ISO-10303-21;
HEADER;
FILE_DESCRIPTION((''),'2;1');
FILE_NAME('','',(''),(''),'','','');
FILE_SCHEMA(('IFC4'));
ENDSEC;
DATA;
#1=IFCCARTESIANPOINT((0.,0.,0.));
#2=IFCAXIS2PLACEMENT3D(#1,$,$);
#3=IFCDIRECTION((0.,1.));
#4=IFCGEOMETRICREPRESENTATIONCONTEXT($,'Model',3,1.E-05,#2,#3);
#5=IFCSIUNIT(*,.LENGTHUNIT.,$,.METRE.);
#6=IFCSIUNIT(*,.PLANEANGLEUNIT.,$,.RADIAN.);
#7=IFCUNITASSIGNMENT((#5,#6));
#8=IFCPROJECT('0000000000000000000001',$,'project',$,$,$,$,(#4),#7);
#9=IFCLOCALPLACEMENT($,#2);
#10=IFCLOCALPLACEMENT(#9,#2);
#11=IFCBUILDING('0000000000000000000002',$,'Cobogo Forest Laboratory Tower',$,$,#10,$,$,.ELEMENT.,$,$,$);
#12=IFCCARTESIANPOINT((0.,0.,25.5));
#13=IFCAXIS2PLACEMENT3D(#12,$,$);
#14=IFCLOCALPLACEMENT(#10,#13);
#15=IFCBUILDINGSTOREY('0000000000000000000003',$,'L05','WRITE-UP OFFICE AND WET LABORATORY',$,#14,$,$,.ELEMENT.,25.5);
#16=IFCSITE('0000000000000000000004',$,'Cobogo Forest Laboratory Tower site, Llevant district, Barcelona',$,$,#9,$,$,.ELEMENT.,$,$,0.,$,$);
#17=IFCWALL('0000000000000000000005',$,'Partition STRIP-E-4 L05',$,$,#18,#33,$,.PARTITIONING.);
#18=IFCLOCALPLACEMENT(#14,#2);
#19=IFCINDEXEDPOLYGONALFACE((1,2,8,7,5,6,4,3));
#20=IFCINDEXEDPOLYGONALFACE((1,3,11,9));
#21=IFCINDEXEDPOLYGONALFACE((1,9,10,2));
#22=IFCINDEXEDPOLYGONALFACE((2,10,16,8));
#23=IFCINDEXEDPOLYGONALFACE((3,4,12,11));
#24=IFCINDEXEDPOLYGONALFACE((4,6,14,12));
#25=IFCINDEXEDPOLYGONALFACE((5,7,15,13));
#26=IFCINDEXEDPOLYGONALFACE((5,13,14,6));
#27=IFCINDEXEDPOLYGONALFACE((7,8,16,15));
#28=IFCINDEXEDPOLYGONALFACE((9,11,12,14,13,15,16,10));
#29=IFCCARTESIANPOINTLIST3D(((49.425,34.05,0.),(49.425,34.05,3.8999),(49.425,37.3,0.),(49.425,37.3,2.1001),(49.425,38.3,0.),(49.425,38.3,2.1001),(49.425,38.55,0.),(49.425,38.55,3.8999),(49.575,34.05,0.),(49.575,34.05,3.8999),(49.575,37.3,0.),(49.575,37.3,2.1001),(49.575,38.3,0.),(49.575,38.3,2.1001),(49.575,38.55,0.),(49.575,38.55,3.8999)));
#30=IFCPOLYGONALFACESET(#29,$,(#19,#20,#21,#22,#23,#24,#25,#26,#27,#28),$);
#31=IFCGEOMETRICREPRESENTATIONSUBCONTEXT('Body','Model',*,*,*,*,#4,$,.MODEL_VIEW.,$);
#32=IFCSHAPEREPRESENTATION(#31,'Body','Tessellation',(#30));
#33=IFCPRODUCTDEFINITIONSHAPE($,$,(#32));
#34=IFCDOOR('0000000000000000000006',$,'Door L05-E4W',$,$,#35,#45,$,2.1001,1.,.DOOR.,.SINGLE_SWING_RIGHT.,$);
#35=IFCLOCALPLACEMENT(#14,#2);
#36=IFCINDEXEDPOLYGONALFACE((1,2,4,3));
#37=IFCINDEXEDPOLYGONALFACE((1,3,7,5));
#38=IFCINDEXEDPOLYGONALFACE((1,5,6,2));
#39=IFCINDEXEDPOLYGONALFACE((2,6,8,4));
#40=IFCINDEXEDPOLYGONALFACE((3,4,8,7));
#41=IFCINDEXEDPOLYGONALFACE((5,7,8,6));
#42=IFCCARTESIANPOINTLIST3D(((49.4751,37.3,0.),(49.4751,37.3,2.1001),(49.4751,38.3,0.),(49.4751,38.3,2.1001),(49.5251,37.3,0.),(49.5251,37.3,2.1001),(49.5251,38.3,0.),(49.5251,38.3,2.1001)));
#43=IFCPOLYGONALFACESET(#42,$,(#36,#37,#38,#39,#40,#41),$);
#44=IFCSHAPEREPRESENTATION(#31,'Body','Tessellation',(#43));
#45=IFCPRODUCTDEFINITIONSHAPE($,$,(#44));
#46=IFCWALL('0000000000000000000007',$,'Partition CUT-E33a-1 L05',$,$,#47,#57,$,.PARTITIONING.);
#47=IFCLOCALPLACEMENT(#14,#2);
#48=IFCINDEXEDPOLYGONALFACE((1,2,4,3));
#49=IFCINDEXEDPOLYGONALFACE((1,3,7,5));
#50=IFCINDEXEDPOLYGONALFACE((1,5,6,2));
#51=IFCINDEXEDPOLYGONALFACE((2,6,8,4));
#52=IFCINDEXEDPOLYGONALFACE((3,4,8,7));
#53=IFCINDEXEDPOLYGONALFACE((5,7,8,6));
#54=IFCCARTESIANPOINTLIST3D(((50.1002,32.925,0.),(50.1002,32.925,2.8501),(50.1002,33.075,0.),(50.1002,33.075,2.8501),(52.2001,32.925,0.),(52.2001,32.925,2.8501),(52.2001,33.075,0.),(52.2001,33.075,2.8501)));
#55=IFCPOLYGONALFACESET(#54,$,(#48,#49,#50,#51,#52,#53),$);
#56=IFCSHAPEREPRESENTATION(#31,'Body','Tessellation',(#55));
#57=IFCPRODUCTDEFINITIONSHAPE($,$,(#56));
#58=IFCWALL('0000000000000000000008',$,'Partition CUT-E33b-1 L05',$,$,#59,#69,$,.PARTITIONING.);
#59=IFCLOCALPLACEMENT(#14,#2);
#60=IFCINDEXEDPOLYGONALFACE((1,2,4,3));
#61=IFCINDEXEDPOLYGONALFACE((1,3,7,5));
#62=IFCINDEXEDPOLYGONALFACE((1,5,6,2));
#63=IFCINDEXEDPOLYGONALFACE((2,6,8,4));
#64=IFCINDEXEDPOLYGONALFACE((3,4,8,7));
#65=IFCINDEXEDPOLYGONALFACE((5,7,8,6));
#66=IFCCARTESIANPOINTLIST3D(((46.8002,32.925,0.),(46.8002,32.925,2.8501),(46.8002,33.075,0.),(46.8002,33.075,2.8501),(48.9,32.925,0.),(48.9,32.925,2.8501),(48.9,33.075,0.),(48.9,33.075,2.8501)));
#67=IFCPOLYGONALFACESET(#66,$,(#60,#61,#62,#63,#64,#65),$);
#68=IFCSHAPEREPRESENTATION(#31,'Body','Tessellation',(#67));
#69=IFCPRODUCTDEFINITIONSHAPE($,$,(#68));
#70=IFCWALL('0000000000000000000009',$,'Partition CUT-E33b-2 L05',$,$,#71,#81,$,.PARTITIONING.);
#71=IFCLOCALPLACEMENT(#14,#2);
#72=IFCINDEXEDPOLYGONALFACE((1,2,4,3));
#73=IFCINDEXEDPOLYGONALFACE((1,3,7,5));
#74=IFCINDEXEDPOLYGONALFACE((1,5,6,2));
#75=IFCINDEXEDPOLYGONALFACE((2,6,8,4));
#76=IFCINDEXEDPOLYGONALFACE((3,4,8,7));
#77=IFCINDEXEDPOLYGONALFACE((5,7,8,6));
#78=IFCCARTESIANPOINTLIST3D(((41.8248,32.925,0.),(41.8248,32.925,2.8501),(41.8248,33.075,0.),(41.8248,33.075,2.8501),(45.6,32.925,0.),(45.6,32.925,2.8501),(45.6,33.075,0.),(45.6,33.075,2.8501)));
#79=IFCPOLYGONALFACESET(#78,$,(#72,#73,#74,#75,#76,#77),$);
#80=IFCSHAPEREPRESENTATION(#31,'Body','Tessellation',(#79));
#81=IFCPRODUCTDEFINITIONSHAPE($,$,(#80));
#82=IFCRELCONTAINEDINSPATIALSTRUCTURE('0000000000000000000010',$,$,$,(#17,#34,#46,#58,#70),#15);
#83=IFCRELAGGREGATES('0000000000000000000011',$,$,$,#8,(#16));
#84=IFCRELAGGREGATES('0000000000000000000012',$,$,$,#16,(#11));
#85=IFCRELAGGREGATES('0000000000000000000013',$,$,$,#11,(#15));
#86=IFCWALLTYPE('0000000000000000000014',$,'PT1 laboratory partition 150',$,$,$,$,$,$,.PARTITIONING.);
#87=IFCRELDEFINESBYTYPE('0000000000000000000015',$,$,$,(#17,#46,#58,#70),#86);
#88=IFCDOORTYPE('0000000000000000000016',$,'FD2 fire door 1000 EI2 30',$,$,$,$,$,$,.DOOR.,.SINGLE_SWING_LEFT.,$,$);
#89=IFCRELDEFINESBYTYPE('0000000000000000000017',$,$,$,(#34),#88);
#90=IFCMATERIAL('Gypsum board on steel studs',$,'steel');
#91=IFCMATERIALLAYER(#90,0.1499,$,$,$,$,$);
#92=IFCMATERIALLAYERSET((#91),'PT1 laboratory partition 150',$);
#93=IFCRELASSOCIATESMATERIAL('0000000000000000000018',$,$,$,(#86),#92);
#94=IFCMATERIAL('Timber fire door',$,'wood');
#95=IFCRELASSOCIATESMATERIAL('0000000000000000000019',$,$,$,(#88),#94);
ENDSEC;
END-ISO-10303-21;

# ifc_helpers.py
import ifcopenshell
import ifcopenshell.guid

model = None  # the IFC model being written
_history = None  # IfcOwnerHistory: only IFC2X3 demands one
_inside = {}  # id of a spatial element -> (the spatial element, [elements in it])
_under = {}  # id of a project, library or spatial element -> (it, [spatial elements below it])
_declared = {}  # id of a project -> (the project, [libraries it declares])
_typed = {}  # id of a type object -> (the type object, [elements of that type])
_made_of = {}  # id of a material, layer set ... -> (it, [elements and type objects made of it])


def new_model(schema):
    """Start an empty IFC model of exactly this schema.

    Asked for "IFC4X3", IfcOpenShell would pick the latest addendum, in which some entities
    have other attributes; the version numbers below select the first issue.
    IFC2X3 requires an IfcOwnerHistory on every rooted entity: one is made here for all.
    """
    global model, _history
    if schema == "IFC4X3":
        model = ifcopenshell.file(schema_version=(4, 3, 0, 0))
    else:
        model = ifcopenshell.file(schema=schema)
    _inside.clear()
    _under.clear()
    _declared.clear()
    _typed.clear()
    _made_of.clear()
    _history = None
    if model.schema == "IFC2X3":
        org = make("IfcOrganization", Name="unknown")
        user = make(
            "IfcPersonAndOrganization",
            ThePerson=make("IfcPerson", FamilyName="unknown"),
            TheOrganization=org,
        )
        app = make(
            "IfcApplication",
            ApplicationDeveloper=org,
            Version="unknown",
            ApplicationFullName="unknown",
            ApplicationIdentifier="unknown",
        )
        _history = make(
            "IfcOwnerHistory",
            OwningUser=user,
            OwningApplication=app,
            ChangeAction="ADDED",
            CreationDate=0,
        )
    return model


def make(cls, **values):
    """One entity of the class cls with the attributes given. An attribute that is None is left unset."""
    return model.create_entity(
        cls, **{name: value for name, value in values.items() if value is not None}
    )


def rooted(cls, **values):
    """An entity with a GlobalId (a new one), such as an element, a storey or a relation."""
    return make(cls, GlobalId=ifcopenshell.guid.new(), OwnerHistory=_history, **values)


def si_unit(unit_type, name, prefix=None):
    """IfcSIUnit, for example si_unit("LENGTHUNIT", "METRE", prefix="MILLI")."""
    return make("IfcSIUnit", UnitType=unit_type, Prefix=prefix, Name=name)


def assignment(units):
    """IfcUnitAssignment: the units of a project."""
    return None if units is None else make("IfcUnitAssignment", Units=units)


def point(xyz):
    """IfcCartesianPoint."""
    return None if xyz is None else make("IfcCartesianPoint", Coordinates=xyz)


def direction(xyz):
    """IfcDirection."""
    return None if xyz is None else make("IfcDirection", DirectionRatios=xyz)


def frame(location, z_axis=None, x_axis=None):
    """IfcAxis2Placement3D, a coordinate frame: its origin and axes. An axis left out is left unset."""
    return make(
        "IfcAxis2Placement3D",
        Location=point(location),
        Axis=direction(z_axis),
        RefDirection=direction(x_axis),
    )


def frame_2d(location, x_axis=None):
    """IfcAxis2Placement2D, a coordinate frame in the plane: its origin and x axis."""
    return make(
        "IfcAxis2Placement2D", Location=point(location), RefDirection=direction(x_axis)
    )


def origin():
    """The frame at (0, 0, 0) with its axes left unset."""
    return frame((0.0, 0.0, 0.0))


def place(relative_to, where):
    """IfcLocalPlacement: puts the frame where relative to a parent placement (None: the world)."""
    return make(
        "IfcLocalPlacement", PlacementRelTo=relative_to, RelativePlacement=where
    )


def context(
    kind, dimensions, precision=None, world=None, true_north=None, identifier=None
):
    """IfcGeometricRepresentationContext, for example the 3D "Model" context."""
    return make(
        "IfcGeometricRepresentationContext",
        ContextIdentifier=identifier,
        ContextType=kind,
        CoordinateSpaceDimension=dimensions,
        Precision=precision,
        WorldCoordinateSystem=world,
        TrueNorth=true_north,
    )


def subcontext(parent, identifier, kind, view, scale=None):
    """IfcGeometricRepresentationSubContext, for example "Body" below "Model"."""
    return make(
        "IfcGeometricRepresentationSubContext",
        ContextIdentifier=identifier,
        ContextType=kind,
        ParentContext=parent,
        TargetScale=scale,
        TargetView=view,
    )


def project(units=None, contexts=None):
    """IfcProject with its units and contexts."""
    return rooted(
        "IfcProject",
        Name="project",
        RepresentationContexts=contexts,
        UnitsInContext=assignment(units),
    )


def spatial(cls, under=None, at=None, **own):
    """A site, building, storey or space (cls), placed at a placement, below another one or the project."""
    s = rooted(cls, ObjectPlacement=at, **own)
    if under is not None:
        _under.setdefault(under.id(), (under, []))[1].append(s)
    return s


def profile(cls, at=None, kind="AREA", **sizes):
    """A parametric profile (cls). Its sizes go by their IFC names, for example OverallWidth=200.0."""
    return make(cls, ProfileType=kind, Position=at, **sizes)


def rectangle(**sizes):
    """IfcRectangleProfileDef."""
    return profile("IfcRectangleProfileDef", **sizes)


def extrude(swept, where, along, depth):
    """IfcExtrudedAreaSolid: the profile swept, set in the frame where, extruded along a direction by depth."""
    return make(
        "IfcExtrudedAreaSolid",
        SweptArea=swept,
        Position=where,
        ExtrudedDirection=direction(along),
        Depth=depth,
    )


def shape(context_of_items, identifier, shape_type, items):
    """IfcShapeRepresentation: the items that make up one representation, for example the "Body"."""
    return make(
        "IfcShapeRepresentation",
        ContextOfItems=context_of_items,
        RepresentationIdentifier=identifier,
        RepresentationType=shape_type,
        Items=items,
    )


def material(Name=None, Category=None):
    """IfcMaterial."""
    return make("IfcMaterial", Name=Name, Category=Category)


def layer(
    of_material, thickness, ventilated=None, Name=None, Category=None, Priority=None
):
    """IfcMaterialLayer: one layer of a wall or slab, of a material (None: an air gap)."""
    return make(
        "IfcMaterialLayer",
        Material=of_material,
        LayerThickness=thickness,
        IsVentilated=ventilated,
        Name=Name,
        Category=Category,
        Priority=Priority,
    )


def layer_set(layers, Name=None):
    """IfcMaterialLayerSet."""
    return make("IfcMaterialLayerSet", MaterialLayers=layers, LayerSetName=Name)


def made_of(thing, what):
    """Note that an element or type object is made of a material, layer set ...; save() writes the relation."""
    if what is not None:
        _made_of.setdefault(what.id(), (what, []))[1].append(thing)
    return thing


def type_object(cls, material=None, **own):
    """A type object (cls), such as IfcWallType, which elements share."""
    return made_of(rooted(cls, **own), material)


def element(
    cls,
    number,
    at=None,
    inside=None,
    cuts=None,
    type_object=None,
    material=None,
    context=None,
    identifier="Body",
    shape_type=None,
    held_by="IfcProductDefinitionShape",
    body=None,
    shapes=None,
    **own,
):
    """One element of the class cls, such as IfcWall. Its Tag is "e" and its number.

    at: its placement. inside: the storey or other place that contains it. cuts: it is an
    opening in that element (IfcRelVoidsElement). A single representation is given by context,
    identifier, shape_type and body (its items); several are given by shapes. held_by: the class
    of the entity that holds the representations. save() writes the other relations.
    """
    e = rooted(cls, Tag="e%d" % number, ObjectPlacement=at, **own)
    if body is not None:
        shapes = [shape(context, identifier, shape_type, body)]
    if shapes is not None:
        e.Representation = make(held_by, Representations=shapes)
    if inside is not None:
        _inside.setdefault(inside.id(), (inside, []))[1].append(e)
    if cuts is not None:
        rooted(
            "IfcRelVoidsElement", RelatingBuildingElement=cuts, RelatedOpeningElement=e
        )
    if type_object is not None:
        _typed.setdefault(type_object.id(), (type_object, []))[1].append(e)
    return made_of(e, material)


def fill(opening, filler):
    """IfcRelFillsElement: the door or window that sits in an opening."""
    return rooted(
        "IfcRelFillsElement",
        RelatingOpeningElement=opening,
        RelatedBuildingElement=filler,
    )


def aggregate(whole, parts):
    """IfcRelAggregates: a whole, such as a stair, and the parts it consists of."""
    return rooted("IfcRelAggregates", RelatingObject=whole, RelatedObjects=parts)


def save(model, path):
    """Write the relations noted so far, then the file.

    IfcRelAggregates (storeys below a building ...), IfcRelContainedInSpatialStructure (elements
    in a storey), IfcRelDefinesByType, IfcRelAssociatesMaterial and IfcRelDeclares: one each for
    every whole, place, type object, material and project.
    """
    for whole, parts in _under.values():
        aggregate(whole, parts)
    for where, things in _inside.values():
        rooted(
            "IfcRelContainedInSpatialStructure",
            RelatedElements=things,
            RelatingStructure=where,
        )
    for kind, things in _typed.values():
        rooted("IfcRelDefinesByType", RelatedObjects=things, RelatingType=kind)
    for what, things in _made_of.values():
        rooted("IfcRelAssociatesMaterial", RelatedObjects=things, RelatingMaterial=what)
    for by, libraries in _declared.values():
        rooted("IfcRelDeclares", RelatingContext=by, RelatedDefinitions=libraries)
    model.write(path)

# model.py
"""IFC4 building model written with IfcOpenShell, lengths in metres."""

from ifc_helpers import new_model, si_unit, direction, frame, frame_2d, origin, place, context, subcontext, project, spatial, rectangle, extrude, material, layer, layer_set, type_object, element, fill, save


model = new_model("IFC4")

# Units and contexts
model_context = context("Model", 3, precision=1e-05, world=origin(), true_north=direction((0.0, 1.0)))
body_context = subcontext(model_context, "Body", "Model", "MODEL_VIEW")
ifc_project = project(units=[si_unit("LENGTHUNIT", "METRE"), si_unit("PLANEANGLEUNIT", "RADIAN")], contexts=[model_context])

# Site, building, storey
site_placement = place(None, origin())
site = spatial("IfcSite", under=ifc_project, at=site_placement, Name="Cobogo Forest Laboratory Tower site, Llevant district, Barcelona", CompositionType="ELEMENT", RefElevation=0.0)
building_placement = place(site_placement, origin())
building = spatial("IfcBuilding", under=site, at=building_placement, Name="Cobogo Forest Laboratory Tower", CompositionType="ELEMENT")
storey_placement = place(building_placement, frame((0.0, 0.0, 25.5)))
storey = spatial("IfcBuildingStorey", under=building, at=storey_placement, Name="L05", Description="WRITE-UP OFFICE AND WET LABORATORY", CompositionType="ELEMENT", Elevation=25.5)

# Wall, opening, door
ifc_material_1 = material(Name="Gypsum board on steel studs", Category="steel")
ifc_layer_1 = layer(ifc_material_1, 0.1499)
ifc_layer_set_1 = layer_set([ifc_layer_1], Name="PT1 laboratory partition 150")
wall_type = type_object("IfcWallType", Name="PT1 laboratory partition 150", PredefinedType="PARTITIONING", material=ifc_layer_set_1)
wall_1_placement = place(storey_placement, frame((49.5, 34.05, 0.0), z_axis=(0.0, 0.0, 1.0), x_axis=(0.0, 1.0, 0.0)))
wall_1 = element("IfcWall", 1, at=wall_1_placement, inside=storey, type_object=wall_type, Name="Partition STRIP-E-4 L05", PredefinedType="PARTITIONING", context=body_context, shape_type="SweptSolid", body=[
    extrude(rectangle(XDim=4.5, YDim=0.1499, at=frame_2d((2.25, 0.0))), origin(), (0.0, 0.0, 1.0), 3.8999),
])
opening_placement = place(wall_1_placement, frame((3.25, 0.0, 0.0)))
opening = element("IfcOpeningElement", 2, at=opening_placement, cuts=wall_1, PredefinedType="OPENING", context=body_context, shape_type="SweptSolid", body=[
    extrude(rectangle(XDim=1.0, YDim=2.1001, at=frame_2d((0.5, 1.05))), frame((0.0, 0.085, 0.0), z_axis=(0.0, -1.0, 0.0), x_axis=(1.0, 0.0, 0.0)), (0.0, 0.0, 1.0), 0.1699),
])
ifc_material_2 = material(Name="Timber fire door", Category="wood")
door_type = type_object("IfcDoorType", Name="FD2 fire door 1000 EI2 30", OperationType="SINGLE_SWING_LEFT", PredefinedType="DOOR", material=ifc_material_2)
door_placement = place(opening_placement, origin())
door = element("IfcDoor", 3, at=door_placement, inside=storey, type_object=door_type, Name="Door L05-E4W", OperationType="SINGLE_SWING_RIGHT", OverallHeight=2.1001, OverallWidth=1.0, PredefinedType="DOOR", context=body_context, shape_type="SweptSolid", body=[
    extrude(rectangle(XDim=1.0, YDim=2.1001, at=frame_2d((0.5, 1.05))), frame((0.0, 0.0249, 0.0), z_axis=(0.0, -1.0, 0.0), x_axis=(1.0, 0.0, 0.0)), (0.0, 0.0, 1.0), 0.05),
])
fill(opening, door)

# Walls
for number, where, z_axis, x_axis, name in (
    (4, (52.2, 33.0, 0.0), (0.0, 0.0, 1.0), (-1.0, 0.0, 0.0), "Partition CUT-E33a-1 L05"),
    (5, (48.8999, 33.0, 0.0), (0.0, 0.0, 1.0), (-1.0, 0.0, 0.0), "Partition CUT-E33b-1 L05"),
):
    element("IfcWall", number, at=place(storey_placement, frame(where, z_axis=z_axis, x_axis=x_axis)), inside=storey, type_object=wall_type, Name=name, PredefinedType="PARTITIONING", context=body_context, shape_type="SweptSolid", body=[
        extrude(rectangle(XDim=2.0999, YDim=0.1499, at=frame_2d((1.0498, 0.0))), origin(), (0.0, 0.0, 1.0), 2.8501),
    ])
wall_2_placement = place(storey_placement, frame((45.6001, 33.0, 0.0), z_axis=(0.0, 0.0, 1.0), x_axis=(-1.0, 0.0, 0.0)))
element("IfcWall", 6, at=wall_2_placement, inside=storey, type_object=wall_type, Name="Partition CUT-E33b-2 L05", PredefinedType="PARTITIONING", context=body_context, shape_type="SweptSolid", body=[
    extrude(rectangle(XDim=3.7751, YDim=0.1499, at=frame_2d((1.8877, 0.0))), origin(), (0.0, 0.0, 1.0), 2.8501),
])

save(model, "model.ifc")
